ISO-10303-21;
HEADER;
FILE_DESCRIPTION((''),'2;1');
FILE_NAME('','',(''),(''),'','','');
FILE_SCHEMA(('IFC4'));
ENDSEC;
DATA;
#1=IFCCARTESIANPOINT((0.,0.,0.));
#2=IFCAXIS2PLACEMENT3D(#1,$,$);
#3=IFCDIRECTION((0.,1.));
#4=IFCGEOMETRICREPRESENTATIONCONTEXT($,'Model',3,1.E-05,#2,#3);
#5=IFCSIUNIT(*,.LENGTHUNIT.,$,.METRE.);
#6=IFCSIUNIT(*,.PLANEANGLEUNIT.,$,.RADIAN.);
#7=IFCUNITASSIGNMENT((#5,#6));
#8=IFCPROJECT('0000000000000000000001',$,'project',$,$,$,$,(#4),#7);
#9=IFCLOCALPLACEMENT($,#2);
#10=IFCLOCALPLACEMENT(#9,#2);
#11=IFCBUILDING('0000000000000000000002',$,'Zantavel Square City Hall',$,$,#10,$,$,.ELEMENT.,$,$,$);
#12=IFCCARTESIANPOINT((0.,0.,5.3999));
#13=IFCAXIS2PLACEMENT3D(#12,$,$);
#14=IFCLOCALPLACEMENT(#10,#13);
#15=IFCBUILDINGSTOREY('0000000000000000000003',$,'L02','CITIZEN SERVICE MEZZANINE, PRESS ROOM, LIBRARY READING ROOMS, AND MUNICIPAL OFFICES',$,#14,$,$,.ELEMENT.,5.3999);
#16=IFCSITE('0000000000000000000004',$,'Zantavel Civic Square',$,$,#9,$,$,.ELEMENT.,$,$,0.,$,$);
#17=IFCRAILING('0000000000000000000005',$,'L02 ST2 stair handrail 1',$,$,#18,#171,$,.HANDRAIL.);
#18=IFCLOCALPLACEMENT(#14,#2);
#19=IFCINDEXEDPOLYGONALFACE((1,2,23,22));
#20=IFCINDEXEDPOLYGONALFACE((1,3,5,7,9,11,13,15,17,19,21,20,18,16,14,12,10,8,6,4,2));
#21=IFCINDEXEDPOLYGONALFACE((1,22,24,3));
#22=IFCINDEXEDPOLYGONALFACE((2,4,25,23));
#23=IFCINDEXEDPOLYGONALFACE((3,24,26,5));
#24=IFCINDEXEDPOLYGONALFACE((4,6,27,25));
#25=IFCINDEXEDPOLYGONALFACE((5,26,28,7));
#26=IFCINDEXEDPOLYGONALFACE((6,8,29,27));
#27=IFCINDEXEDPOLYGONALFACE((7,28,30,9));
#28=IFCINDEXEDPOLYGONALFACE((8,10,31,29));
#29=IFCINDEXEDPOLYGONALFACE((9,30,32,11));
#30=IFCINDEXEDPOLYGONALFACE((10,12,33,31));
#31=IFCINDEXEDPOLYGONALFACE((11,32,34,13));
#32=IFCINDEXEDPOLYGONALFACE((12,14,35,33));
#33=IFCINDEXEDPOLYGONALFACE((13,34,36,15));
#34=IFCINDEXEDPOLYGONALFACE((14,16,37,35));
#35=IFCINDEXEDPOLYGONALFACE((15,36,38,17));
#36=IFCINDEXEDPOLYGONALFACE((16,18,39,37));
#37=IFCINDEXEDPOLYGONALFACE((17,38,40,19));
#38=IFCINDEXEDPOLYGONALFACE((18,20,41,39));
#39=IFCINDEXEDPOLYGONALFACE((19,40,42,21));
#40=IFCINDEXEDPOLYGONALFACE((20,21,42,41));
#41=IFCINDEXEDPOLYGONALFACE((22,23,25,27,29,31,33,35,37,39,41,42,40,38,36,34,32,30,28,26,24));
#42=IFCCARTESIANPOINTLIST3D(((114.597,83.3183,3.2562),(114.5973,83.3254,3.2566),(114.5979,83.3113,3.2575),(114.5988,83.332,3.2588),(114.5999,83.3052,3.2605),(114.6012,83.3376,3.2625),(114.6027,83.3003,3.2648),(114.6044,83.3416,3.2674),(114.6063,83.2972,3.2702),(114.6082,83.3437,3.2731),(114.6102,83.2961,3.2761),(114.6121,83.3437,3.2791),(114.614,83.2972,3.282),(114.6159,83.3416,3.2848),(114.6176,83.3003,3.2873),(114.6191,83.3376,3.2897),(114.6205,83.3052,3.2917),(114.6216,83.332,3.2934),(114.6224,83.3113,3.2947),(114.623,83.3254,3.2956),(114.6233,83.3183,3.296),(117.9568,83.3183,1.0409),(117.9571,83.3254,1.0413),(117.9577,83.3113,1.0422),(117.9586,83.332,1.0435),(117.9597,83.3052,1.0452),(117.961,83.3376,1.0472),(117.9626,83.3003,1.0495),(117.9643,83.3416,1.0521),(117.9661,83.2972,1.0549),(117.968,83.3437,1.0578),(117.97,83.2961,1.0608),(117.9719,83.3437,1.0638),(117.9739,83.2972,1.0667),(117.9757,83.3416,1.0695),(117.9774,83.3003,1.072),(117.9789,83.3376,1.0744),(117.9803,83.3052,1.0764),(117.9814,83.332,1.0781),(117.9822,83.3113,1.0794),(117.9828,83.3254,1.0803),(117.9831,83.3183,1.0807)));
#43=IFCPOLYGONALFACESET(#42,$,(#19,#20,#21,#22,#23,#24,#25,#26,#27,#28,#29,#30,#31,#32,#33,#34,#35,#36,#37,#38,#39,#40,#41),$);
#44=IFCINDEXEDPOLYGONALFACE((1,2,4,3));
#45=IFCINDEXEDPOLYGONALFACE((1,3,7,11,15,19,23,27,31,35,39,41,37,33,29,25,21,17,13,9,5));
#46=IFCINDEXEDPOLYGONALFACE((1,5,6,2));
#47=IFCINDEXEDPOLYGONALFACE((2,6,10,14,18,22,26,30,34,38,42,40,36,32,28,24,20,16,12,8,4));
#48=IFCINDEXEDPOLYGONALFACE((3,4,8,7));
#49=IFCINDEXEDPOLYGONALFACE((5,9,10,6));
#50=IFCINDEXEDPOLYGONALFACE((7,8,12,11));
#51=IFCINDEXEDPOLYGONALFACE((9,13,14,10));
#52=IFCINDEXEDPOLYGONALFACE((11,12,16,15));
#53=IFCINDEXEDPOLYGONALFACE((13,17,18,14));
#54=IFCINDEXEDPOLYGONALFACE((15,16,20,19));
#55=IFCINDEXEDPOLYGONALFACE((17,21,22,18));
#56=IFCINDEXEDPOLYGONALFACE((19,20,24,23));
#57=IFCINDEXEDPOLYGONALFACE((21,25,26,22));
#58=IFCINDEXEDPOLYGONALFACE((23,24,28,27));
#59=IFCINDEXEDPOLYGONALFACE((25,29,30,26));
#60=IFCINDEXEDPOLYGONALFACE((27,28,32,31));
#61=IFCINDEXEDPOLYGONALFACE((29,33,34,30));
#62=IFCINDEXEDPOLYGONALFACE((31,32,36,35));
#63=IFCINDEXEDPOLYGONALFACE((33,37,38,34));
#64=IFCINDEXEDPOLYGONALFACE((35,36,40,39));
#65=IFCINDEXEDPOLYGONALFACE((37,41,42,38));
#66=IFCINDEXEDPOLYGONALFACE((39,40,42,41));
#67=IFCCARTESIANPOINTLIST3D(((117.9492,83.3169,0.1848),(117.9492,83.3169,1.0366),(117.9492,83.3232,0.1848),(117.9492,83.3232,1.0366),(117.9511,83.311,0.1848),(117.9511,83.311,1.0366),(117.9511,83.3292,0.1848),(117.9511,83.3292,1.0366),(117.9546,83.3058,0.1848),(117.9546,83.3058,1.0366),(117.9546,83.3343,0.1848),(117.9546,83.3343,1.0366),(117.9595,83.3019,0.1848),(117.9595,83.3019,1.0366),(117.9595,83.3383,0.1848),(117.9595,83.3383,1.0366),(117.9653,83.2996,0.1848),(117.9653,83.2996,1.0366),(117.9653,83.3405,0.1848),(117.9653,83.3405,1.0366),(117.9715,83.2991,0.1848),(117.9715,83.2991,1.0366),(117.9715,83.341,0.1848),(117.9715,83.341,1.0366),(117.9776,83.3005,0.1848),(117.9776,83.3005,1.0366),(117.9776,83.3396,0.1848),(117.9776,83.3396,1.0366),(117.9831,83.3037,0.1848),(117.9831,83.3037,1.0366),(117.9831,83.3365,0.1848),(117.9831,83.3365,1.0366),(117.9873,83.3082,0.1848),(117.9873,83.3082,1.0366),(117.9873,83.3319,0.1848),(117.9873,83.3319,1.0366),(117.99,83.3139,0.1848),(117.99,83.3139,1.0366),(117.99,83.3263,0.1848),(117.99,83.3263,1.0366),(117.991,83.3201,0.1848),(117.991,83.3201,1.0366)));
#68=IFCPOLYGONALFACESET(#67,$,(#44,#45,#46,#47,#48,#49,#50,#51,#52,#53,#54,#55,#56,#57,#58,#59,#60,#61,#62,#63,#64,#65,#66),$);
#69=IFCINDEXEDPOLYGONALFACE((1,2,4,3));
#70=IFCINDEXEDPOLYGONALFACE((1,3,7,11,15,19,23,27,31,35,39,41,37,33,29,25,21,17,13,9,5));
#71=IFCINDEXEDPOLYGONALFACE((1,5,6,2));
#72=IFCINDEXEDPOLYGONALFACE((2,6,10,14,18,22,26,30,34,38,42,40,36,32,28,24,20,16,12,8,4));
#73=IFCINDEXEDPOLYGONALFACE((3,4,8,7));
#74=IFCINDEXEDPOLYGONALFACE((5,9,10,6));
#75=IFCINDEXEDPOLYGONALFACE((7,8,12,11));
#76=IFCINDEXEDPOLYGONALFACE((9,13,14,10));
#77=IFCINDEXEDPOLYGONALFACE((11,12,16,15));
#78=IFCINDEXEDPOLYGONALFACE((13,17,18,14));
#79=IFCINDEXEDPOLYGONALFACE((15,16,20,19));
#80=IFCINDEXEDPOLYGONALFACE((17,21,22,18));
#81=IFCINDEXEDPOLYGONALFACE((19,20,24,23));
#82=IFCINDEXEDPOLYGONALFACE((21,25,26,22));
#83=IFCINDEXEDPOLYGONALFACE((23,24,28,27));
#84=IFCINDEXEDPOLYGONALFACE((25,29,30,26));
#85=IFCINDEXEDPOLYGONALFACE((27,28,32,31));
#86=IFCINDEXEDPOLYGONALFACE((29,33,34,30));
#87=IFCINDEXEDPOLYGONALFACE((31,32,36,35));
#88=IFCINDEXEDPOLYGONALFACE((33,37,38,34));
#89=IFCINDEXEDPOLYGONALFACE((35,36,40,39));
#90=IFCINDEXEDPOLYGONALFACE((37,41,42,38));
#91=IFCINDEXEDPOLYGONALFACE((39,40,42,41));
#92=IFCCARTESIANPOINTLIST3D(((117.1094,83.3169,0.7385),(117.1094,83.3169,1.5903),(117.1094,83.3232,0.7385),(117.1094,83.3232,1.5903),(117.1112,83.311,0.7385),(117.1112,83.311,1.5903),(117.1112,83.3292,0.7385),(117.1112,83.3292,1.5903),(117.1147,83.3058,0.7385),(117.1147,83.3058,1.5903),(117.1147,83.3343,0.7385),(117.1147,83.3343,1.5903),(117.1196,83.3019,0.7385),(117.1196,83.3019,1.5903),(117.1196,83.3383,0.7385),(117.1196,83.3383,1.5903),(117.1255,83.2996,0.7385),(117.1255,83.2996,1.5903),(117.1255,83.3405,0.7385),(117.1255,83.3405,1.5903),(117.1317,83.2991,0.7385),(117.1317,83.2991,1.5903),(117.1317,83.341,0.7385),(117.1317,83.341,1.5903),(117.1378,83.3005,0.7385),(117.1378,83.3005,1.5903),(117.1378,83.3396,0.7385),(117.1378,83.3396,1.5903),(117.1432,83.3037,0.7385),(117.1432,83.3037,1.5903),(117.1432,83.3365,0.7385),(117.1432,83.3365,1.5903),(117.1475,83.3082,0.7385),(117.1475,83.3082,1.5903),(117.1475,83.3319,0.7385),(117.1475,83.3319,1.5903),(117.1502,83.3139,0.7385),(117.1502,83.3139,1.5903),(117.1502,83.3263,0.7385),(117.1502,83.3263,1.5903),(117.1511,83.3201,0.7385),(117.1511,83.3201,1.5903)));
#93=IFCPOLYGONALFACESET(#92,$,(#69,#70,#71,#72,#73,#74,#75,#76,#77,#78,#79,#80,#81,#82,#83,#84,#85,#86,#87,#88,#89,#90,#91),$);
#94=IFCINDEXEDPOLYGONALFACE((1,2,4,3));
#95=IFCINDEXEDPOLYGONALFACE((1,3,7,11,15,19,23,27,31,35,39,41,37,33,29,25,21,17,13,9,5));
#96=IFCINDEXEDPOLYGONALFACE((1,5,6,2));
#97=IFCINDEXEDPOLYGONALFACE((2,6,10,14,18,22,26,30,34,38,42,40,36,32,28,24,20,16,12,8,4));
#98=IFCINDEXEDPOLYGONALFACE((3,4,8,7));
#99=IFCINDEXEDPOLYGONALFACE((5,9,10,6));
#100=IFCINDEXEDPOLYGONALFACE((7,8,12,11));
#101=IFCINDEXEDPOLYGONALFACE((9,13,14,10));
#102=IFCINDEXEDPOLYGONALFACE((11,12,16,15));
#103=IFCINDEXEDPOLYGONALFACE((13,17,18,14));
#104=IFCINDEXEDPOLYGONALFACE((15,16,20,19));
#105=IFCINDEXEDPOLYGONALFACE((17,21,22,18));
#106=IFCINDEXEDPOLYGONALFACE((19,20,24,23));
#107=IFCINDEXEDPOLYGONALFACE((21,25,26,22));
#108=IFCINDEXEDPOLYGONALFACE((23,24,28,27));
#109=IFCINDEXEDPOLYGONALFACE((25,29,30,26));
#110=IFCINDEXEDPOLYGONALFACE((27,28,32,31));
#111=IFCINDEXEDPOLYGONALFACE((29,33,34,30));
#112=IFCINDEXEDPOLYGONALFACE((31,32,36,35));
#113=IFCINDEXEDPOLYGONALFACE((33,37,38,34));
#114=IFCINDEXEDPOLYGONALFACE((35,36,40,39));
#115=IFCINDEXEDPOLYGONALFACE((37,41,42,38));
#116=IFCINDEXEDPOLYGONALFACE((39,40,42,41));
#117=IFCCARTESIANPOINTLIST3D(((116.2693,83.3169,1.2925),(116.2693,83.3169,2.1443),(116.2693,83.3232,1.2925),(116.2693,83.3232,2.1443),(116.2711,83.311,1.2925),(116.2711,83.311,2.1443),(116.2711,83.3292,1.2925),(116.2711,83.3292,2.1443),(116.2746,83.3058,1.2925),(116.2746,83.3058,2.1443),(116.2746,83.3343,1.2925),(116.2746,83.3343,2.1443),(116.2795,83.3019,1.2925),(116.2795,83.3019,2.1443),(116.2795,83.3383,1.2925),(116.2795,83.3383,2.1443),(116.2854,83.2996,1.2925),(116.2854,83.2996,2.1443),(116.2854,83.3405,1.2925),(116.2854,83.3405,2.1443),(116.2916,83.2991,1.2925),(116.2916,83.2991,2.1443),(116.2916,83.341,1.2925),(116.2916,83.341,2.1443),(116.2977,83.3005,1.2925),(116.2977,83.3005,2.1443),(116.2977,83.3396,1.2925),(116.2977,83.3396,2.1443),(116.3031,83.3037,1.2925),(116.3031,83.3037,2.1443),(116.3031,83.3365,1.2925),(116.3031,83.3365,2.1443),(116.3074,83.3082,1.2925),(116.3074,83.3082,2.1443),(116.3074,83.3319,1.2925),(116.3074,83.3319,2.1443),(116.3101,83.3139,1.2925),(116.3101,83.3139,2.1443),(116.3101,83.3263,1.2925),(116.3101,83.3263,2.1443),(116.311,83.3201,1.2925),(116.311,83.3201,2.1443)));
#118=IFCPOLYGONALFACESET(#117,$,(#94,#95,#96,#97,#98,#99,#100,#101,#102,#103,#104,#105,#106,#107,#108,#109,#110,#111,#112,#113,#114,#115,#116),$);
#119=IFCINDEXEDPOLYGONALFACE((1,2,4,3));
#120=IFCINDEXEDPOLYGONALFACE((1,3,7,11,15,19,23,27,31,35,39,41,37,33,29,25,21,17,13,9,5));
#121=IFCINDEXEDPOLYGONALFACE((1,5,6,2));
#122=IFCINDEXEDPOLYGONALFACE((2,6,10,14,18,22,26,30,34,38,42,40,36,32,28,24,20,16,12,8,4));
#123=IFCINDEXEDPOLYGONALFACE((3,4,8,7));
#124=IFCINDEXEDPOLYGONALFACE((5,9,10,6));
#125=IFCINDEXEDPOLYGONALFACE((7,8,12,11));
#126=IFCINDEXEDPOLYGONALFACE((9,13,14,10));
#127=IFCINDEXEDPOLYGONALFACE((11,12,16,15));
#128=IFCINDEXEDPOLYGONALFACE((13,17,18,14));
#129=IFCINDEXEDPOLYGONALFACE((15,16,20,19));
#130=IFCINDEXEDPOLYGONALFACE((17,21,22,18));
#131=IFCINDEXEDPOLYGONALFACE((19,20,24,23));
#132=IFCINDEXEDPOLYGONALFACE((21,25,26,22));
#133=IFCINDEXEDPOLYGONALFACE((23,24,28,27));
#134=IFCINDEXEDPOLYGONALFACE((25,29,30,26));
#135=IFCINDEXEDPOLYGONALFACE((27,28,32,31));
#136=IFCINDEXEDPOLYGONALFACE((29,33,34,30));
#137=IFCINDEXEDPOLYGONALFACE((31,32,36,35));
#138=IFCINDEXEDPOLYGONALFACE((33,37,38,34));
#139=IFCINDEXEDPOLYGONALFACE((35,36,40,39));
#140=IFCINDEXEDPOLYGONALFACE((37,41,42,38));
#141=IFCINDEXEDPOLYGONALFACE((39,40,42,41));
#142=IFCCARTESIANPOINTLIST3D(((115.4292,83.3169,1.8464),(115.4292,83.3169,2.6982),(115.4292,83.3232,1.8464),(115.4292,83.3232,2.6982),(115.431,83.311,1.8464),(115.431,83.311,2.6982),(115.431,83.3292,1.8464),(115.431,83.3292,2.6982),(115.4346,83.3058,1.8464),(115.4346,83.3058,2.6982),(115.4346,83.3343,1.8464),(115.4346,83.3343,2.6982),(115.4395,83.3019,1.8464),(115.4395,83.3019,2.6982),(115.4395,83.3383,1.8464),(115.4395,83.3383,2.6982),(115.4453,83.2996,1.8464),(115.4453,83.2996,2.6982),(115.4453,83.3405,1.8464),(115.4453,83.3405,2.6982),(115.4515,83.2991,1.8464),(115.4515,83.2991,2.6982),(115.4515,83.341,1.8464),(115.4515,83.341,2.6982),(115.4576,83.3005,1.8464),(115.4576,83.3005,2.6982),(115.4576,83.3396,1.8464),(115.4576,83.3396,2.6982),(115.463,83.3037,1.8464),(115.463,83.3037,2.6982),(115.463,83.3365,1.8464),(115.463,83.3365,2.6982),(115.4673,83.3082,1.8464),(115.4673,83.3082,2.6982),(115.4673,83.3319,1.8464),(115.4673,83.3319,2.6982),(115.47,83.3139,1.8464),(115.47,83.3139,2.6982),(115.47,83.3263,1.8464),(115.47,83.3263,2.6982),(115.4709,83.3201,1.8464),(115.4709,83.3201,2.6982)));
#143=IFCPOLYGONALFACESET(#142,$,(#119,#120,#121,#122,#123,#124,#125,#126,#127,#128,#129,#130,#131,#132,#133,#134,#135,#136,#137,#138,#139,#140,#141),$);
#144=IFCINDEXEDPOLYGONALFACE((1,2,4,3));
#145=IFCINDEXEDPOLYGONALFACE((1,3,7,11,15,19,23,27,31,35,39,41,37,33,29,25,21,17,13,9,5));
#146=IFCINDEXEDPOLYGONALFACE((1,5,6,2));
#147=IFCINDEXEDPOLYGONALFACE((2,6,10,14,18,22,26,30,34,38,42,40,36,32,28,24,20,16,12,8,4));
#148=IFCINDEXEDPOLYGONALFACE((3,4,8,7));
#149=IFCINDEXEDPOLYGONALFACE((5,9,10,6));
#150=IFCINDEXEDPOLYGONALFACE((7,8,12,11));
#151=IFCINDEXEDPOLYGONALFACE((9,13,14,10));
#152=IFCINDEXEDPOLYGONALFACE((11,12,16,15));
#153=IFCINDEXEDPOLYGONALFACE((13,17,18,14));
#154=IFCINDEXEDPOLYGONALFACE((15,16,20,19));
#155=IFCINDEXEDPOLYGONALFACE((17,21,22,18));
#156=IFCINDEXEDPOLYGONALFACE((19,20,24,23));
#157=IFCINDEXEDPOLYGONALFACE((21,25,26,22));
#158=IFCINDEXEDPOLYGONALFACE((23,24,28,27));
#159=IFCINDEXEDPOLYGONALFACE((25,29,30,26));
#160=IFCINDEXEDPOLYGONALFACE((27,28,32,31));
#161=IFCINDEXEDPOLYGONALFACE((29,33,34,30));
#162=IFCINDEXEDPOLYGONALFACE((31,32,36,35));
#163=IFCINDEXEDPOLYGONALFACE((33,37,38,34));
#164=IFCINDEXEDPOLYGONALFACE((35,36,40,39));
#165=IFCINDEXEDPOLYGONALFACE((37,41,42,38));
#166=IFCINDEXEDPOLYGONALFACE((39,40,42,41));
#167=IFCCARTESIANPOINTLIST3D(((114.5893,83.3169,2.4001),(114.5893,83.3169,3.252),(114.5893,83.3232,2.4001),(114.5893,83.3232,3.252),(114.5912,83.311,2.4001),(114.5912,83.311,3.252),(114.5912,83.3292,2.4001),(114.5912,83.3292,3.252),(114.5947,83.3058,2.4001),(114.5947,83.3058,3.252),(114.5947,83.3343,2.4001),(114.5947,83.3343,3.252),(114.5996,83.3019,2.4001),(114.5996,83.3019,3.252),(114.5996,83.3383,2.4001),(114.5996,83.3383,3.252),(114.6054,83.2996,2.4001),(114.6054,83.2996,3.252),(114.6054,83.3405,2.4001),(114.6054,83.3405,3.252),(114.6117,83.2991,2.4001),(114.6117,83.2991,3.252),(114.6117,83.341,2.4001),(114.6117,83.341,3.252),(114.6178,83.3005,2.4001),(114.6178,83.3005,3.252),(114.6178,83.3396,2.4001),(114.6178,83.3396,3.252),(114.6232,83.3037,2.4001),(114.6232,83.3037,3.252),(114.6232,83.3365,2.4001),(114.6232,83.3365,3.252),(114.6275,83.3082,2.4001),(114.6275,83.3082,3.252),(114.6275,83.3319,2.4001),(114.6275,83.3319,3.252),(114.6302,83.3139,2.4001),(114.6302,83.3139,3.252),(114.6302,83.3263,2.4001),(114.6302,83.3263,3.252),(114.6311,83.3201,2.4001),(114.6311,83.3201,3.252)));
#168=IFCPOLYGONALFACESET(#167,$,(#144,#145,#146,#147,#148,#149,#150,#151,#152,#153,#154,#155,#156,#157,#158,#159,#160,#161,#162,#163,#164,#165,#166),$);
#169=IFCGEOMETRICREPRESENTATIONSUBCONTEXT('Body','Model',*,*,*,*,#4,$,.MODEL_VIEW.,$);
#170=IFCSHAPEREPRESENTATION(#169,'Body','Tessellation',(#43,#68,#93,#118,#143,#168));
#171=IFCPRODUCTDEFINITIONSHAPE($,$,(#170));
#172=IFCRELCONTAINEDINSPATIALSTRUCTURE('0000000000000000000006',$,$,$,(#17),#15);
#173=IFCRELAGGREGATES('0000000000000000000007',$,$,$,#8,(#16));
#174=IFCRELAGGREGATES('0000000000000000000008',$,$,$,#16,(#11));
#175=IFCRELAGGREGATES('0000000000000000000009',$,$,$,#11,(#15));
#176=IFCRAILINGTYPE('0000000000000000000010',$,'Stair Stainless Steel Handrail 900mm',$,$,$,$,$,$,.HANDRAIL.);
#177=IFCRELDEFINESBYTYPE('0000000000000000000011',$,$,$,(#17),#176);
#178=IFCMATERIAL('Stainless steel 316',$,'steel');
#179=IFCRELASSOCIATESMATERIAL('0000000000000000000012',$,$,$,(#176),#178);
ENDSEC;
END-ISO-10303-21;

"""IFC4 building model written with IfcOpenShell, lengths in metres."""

from ifc_helpers import new_model, si_unit, direction, frame, origin, origin_2d, place, context, subcontext, project, spatial, circle, extrude, material, type_object, element, save


model = new_model("IFC4")

# Units and contexts
model_context = context("Model", 3, precision=1e-05, world=origin(), true_north=direction((0.0, 1.0)))
body_context = subcontext(model_context, "Body", "Model", "MODEL_VIEW")
ifc_project = project(units=[si_unit("LENGTHUNIT", "METRE"), si_unit("PLANEANGLEUNIT", "RADIAN")], contexts=[model_context])

# Site, building, storey
site_placement = place(None, origin())
site = spatial("IfcSite", under=ifc_project, at=site_placement, Name="Zantavel Civic Square", CompositionType="ELEMENT", RefElevation=0.0)
building_placement = place(site_placement, origin())
building = spatial("IfcBuilding", under=site, at=building_placement, Name="Zantavel Square City Hall", CompositionType="ELEMENT")
storey_placement = place(building_placement, frame((0.0, 0.0, 5.3999)))
storey = spatial("IfcBuildingStorey", under=building, at=storey_placement, Name="L02", Description="CITIZEN SERVICE MEZZANINE, PRESS ROOM, LIBRARY READING ROOMS, AND MUNICIPAL OFFICES", CompositionType="ELEMENT", Elevation=5.3999)

# Railing
ifc_material_1 = material(Name="Stainless steel 316", Category="steel")
railing_type_1 = type_object("IfcRailingType", Name="Stair Stainless Steel Handrail 900mm", PredefinedType="HANDRAIL", material=ifc_material_1)
railing_1_placement = place(storey_placement, frame((117.97, 83.3201, 0.1848)))
element("IfcRailing", 1, at=railing_1_placement, inside=storey, type_object=railing_type_1, Name="L02 ST2 stair handrail 1", PredefinedType="HANDRAIL", context=body_context, shape_type="SweptSolid", body=[
    extrude(circle(Radius=0.0239, at=origin_2d()), frame((0.0, 0.0, 0.876), z_axis=(-0.834858, 0.0, 0.550465), x_axis=(0.0, -1.0, 0.0)), (0.0, 0.0, 1.0), 4.0244),
    extrude(circle(Radius=0.021, at=origin_2d()), origin(), (0.0, 0.0, 1.0), 0.8518),
    extrude(circle(Radius=0.021, at=origin_2d()), frame((-0.8398, 0.0, 0.5537)), (0.0, 0.0, 1.0), 0.8518),
    extrude(circle(Radius=0.021, at=origin_2d()), frame((-1.6799, 0.0, 1.1077)), (0.0, 0.0, 1.0), 0.8518),
    extrude(circle(Radius=0.021, at=origin_2d()), frame((-2.52, 0.0, 1.6616)), (0.0, 0.0, 1.0), 0.8518),
    extrude(circle(Radius=0.021, at=origin_2d()), frame((-3.3599, 0.0, 2.2153)), (0.0, 0.0, 1.0), 0.8518),
])

save(model, "model.ifc")
